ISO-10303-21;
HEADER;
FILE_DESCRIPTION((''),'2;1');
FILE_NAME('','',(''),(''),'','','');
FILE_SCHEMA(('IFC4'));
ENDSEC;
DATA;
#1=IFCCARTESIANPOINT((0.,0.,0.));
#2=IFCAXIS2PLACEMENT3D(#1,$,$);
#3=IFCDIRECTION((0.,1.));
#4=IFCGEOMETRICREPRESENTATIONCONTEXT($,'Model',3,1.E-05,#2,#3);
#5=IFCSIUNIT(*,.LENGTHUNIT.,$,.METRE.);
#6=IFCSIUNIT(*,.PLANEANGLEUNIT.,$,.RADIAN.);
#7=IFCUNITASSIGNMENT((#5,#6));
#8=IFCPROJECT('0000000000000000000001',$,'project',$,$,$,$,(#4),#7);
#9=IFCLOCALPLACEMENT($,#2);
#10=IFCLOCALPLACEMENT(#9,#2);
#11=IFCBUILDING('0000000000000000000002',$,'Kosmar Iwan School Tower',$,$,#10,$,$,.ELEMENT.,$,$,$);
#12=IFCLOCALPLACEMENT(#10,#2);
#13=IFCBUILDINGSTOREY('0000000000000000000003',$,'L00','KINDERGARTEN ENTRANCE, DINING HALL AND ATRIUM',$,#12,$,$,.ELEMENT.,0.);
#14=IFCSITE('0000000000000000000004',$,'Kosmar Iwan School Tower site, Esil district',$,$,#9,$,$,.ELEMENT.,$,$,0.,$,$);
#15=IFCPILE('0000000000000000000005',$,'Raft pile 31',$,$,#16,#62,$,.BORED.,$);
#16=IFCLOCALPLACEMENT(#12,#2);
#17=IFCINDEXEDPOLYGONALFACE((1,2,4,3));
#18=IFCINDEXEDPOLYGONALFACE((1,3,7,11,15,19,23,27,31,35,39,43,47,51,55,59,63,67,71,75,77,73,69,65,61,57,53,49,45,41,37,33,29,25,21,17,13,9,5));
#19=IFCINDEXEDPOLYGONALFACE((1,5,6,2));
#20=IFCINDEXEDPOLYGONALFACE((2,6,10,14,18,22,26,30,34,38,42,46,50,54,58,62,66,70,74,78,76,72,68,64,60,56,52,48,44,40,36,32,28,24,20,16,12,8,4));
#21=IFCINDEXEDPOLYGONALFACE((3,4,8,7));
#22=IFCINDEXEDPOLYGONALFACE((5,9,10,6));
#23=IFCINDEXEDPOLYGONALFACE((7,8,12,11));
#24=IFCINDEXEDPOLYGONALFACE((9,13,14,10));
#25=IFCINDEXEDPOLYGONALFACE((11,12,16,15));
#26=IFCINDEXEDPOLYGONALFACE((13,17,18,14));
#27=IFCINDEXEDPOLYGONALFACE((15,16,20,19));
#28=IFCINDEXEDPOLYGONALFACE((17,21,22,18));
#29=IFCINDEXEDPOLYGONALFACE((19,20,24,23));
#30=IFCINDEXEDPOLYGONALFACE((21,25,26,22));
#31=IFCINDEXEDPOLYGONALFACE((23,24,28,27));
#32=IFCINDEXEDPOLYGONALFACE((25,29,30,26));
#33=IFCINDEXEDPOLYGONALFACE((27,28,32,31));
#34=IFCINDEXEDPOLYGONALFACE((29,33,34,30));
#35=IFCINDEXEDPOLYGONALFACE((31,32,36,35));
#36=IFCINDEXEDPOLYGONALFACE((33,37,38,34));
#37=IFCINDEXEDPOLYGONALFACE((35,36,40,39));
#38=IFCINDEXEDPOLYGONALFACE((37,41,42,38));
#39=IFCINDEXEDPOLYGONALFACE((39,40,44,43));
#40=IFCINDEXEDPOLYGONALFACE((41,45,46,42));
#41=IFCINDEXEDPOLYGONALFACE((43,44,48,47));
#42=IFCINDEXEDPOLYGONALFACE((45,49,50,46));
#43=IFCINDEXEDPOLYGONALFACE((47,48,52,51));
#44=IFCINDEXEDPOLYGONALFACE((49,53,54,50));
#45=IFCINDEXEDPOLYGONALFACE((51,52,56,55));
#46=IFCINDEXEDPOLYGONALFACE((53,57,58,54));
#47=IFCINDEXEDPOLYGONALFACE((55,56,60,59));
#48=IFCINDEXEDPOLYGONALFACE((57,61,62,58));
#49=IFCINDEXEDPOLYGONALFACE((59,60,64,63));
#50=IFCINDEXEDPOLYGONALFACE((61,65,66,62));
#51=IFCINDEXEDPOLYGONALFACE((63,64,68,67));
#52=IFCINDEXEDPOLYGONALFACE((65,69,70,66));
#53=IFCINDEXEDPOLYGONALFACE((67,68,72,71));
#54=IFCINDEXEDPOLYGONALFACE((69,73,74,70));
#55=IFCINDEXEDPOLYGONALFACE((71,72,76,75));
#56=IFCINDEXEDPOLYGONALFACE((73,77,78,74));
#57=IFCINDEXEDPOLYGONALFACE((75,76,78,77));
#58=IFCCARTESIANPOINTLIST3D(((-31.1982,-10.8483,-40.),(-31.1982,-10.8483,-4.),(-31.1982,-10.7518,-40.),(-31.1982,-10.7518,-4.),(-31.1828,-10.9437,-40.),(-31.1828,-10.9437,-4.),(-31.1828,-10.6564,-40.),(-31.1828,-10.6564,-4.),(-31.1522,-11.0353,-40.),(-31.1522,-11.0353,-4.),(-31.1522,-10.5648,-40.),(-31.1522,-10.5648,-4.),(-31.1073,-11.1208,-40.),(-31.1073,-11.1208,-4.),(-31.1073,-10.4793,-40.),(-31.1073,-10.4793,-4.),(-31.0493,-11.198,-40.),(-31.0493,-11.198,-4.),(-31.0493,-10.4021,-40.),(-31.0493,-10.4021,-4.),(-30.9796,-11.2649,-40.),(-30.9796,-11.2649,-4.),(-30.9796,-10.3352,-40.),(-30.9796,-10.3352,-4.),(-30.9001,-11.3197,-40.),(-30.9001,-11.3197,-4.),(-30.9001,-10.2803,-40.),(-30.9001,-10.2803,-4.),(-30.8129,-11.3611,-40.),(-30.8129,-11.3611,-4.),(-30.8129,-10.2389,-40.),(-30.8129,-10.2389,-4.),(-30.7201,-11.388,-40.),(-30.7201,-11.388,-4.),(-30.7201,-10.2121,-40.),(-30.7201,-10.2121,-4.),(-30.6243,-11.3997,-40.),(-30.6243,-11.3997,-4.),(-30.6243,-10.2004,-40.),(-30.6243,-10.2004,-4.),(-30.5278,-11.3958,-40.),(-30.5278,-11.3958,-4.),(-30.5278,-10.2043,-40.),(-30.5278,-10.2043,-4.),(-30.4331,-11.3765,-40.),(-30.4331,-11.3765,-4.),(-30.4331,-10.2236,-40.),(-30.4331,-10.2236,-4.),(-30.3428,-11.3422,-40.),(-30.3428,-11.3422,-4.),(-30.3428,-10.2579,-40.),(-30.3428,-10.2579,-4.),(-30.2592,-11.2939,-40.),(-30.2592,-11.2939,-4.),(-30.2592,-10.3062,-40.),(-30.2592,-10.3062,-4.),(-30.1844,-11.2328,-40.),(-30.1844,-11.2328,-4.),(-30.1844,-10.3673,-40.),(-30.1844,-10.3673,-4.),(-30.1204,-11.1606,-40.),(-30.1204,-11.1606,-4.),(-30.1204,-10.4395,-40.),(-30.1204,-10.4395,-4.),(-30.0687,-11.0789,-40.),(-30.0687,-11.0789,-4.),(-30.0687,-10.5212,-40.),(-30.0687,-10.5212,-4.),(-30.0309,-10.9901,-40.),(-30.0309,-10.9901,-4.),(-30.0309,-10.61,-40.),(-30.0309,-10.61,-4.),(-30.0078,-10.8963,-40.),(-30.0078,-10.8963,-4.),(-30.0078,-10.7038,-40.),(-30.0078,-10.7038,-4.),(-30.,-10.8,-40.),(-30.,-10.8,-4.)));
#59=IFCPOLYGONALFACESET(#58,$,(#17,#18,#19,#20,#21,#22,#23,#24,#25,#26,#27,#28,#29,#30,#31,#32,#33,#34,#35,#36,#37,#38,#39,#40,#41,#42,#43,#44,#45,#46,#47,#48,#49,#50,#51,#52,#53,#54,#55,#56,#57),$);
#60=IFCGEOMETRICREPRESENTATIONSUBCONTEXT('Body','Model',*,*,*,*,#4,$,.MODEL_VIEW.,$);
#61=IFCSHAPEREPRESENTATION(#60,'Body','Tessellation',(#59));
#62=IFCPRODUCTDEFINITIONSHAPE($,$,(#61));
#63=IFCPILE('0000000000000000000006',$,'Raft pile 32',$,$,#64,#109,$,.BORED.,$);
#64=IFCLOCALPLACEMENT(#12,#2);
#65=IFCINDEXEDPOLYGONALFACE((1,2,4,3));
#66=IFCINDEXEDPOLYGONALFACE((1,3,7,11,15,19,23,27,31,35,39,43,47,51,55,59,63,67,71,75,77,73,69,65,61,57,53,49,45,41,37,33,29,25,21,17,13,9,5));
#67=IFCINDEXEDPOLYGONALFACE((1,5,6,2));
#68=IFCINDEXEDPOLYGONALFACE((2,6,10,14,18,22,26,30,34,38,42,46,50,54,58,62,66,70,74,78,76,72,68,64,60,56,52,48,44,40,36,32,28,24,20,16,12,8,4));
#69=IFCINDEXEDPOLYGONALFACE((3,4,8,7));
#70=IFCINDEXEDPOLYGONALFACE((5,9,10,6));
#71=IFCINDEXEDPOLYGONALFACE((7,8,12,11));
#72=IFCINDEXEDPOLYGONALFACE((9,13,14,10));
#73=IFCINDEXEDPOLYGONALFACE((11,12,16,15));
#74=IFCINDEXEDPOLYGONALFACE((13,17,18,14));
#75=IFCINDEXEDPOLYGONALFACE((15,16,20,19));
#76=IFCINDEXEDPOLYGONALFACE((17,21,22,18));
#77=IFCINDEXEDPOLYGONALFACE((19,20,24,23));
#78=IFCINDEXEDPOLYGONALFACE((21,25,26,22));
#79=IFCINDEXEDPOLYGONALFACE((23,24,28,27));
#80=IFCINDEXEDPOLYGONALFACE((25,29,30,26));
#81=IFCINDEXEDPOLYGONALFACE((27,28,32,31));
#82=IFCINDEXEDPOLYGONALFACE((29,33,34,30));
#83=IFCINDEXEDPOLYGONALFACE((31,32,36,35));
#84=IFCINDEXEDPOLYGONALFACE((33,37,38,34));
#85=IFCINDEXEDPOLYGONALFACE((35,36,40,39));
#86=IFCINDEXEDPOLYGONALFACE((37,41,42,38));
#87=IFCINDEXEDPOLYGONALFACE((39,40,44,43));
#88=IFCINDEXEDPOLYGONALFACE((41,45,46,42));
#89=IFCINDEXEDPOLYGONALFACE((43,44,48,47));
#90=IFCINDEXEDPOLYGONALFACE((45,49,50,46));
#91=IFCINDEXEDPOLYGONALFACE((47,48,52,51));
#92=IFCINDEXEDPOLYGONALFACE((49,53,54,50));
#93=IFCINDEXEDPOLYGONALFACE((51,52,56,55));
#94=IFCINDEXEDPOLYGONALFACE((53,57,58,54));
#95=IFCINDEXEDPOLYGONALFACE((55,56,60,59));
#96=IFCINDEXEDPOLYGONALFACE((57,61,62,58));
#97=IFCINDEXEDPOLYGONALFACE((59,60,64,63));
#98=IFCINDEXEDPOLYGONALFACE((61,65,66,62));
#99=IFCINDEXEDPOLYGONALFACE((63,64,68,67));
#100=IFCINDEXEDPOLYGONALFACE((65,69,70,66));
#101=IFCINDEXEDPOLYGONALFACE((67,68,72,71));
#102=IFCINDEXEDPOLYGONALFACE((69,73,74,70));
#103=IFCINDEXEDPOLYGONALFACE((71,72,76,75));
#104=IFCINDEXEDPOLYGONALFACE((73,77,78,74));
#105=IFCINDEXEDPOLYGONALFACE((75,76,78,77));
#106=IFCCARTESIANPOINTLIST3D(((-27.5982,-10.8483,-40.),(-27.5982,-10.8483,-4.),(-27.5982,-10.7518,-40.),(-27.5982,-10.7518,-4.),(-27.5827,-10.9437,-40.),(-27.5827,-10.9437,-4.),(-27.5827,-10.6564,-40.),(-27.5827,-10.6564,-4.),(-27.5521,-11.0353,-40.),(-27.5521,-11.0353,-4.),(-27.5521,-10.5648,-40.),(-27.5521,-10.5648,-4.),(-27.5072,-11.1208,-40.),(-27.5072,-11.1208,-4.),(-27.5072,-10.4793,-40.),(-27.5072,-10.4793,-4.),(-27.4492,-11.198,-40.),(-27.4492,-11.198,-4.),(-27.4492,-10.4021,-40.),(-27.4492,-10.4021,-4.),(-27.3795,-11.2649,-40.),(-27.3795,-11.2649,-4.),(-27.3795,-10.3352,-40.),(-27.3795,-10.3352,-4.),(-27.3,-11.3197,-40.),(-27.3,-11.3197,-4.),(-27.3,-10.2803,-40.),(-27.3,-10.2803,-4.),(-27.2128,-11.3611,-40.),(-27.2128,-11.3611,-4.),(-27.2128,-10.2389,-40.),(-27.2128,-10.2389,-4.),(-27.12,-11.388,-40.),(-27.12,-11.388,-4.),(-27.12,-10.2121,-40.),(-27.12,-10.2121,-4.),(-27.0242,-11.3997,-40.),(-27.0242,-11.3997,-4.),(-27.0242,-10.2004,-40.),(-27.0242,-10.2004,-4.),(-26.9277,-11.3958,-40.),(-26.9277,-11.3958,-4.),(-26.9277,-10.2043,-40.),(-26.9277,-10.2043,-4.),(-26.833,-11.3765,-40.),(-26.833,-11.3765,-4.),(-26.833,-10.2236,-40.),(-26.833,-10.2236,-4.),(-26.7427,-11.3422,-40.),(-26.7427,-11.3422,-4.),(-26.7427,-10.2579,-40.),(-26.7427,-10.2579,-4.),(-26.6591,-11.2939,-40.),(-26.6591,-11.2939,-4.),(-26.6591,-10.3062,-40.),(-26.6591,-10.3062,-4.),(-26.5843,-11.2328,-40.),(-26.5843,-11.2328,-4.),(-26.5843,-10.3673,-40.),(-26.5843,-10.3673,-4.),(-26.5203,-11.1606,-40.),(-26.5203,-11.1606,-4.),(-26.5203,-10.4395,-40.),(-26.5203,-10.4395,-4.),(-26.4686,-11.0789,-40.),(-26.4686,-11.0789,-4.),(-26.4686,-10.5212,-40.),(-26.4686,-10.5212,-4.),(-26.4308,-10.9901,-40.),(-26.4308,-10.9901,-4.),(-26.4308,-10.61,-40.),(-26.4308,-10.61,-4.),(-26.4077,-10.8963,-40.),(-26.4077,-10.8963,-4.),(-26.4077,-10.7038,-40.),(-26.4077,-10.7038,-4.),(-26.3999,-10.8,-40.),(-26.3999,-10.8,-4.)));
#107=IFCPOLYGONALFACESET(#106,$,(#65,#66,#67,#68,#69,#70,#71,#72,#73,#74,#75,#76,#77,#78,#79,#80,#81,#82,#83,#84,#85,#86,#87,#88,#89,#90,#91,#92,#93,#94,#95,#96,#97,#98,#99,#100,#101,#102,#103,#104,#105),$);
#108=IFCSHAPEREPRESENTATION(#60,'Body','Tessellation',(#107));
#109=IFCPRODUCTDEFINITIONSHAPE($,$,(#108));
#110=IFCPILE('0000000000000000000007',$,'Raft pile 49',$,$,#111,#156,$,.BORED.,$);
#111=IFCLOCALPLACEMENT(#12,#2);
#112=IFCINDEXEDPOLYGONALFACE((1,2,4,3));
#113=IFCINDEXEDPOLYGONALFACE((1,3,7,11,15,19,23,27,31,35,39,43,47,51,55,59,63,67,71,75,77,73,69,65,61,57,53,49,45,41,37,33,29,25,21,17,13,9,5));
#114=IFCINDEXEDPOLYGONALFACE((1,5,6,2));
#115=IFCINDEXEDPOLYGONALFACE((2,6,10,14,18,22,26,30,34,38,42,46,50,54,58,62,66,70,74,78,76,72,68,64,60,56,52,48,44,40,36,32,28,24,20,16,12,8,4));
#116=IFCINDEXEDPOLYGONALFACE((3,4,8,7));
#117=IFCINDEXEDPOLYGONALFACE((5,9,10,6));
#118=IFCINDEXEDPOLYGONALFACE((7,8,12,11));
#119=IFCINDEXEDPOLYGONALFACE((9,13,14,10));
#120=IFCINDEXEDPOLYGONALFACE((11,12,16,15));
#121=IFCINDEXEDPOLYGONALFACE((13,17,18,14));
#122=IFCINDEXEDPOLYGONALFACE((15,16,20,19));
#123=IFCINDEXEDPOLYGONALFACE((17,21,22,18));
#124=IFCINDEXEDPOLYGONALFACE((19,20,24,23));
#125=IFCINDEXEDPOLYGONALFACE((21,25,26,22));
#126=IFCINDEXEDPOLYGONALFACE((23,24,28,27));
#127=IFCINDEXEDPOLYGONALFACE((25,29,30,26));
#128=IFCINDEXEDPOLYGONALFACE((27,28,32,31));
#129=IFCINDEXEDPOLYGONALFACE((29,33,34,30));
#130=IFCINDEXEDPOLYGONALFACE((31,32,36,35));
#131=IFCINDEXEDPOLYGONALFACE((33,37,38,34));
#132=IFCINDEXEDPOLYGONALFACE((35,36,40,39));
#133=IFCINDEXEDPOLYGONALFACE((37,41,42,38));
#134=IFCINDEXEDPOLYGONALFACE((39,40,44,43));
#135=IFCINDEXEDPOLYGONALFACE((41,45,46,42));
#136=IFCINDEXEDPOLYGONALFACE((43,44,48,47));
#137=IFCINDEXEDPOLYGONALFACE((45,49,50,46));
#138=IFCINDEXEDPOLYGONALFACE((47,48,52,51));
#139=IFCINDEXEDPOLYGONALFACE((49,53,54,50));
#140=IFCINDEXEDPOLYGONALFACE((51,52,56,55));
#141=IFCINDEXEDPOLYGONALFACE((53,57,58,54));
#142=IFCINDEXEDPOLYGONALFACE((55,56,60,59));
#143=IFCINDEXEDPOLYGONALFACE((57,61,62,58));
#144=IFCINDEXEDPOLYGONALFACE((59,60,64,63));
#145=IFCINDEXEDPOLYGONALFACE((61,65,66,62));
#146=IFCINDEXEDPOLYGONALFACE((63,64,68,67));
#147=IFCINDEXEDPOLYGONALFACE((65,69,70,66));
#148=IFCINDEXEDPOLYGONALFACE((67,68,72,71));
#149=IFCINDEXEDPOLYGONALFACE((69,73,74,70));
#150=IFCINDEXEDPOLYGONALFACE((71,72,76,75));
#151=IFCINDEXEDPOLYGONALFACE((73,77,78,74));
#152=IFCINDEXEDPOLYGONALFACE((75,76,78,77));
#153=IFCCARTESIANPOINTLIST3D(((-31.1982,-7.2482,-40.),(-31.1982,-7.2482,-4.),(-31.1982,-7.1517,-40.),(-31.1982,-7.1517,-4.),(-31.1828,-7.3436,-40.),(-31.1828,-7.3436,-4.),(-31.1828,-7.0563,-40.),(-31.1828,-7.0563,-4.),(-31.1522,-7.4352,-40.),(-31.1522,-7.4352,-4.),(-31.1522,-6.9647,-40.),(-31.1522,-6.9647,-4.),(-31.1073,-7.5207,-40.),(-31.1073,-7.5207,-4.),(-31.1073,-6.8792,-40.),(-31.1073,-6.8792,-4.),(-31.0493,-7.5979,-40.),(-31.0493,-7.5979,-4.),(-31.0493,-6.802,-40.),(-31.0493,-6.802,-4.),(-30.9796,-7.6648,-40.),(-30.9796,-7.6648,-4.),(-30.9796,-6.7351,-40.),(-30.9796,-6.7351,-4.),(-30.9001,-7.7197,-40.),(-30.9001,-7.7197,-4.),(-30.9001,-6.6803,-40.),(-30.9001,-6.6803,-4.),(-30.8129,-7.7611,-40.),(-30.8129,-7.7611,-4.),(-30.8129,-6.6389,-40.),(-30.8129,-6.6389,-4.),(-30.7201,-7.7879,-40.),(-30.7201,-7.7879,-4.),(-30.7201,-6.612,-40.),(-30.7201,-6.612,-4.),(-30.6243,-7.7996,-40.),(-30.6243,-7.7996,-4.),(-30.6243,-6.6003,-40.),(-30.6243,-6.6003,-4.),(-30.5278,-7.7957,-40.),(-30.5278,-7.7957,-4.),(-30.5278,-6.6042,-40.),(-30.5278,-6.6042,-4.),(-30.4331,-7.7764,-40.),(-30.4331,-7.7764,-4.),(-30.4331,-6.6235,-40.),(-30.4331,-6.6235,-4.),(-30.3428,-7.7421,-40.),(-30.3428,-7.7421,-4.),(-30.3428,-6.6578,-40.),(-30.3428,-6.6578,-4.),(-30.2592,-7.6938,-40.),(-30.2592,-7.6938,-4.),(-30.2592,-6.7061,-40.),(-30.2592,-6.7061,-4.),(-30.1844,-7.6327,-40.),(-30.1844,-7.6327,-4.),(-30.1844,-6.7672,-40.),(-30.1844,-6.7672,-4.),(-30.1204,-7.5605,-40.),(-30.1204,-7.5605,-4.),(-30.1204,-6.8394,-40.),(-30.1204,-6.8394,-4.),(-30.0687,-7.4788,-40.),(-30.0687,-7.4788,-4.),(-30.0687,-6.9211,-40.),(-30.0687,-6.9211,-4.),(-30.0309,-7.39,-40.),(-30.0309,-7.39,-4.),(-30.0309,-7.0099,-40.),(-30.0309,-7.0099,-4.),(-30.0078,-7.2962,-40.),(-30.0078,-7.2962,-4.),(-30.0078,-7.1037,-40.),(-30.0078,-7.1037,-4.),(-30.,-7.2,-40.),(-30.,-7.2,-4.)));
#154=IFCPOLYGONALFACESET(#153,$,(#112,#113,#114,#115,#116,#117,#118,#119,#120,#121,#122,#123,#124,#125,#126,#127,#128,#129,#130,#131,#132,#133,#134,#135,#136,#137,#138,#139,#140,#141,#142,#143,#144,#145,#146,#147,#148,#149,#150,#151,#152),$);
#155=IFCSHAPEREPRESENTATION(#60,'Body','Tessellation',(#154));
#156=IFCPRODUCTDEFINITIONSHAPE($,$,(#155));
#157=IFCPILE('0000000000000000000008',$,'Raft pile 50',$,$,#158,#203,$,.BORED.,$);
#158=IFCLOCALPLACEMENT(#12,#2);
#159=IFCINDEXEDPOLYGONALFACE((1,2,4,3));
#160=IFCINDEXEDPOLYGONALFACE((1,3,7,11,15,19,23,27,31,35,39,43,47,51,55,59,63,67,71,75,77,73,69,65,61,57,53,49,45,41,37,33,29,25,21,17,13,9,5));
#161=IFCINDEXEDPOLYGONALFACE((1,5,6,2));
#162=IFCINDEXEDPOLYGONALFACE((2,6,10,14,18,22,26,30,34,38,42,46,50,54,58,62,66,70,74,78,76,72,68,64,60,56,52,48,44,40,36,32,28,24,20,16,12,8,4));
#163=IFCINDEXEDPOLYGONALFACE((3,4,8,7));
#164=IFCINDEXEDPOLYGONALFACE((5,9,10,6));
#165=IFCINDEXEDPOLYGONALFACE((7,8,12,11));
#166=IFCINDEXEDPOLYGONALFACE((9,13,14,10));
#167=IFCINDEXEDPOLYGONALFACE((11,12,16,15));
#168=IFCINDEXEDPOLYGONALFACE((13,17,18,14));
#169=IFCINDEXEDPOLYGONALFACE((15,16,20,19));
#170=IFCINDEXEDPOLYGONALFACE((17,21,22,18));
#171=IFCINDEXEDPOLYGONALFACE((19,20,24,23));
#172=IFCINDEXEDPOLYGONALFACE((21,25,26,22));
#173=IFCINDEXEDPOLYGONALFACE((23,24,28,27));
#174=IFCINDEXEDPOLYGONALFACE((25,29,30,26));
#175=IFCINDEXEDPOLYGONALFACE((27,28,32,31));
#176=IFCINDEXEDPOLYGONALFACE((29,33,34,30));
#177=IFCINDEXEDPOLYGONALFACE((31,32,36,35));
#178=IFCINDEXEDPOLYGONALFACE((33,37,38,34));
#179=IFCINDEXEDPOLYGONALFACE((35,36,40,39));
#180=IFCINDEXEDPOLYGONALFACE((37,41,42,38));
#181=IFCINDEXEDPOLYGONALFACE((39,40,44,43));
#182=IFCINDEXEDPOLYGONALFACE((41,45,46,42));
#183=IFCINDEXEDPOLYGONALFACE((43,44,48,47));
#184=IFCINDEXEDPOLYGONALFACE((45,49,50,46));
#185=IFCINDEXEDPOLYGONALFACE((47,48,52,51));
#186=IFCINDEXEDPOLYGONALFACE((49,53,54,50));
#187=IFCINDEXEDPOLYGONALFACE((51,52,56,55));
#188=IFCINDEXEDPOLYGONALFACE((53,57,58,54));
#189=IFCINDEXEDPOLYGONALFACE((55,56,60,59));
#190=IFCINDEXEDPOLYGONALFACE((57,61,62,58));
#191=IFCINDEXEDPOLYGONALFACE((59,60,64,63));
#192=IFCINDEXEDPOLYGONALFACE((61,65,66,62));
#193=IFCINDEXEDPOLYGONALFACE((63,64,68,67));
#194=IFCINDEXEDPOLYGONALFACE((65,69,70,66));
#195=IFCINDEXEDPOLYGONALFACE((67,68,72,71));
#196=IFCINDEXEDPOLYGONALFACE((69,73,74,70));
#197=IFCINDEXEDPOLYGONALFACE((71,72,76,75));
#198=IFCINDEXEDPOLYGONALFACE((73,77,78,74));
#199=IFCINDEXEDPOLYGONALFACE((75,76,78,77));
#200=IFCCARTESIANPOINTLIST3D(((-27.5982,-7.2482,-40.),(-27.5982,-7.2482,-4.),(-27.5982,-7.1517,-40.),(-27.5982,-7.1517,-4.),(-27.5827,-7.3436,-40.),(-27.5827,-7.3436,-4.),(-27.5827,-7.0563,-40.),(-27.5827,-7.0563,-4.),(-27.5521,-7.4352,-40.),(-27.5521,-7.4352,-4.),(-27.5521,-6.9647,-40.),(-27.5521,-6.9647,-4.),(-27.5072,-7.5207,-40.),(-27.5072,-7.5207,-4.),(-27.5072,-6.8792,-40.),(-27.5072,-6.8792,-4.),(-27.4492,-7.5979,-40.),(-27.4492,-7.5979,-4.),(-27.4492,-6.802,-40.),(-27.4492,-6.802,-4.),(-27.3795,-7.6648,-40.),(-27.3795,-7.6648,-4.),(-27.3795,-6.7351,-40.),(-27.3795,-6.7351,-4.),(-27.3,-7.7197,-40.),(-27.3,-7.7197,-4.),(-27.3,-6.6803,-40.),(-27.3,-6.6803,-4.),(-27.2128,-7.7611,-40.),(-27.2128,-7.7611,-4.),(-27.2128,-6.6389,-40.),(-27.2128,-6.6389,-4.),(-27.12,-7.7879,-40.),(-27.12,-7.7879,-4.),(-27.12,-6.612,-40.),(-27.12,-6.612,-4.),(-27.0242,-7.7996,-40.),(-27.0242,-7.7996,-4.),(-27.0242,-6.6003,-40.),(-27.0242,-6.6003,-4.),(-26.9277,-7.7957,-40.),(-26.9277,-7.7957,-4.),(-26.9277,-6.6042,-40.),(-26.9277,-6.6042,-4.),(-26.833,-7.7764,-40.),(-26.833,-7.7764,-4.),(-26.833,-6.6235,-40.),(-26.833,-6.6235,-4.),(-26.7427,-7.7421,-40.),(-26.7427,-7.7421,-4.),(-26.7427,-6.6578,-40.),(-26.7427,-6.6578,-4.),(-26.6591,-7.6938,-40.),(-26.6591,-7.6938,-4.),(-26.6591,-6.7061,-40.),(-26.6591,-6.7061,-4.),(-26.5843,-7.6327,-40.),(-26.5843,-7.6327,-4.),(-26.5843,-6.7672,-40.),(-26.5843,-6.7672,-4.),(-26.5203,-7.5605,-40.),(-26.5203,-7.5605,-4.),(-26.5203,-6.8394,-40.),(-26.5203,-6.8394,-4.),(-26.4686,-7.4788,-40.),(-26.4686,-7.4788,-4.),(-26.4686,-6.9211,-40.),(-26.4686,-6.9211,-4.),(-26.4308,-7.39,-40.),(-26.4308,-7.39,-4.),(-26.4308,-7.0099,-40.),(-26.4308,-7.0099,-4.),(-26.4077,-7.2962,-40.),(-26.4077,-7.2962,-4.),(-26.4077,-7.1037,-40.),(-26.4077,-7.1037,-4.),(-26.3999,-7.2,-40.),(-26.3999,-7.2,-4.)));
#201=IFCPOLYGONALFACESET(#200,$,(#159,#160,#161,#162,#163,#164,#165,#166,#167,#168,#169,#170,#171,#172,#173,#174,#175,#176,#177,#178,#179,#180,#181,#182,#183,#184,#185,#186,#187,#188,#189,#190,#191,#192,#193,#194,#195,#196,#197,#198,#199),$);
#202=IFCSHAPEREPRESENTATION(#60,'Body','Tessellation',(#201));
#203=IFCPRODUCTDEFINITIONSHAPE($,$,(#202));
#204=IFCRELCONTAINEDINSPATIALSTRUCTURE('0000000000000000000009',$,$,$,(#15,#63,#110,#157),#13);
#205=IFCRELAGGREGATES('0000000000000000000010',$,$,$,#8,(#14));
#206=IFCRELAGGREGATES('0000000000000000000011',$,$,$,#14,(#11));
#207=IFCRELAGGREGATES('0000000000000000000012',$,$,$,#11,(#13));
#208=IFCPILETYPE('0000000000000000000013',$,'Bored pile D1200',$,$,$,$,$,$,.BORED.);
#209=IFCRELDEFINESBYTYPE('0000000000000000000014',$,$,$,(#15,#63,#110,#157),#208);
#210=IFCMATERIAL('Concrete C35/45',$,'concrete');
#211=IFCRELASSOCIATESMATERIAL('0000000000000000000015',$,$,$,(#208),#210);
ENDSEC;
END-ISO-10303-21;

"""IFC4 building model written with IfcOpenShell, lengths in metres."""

from ifc_helpers import new_model, si_unit, direction, frame, origin, origin_2d, place, context, subcontext, project, spatial, circle, extrude, material, material_profile, profile_set, type_object, element, save


model = new_model("IFC4")

# Units and contexts
model_context = context("Model", 3, precision=1e-05, world=origin(), true_north=direction((0.0, 1.0)))
body_context = subcontext(model_context, "Body", "Model", "MODEL_VIEW")
ifc_project = project(units=[si_unit("LENGTHUNIT", "METRE"), si_unit("PLANEANGLEUNIT", "RADIAN")], contexts=[model_context])

# Site, building, storey
site_placement = place(None, origin())
site = spatial("IfcSite", under=ifc_project, at=site_placement, Name="Kosmar Iwan School Tower site, Esil district", CompositionType="ELEMENT", RefElevation=0.0)
building_placement = place(site_placement, origin())
building = spatial("IfcBuilding", under=site, at=building_placement, Name="Kosmar Iwan School Tower", CompositionType="ELEMENT")
storey_placement = place(building_placement, origin())
storey = spatial("IfcBuildingStorey", under=building, at=storey_placement, Name="L00", Description="KINDERGARTEN ENTRANCE, DINING HALL AND ATRIUM", CompositionType="ELEMENT", Elevation=0.0)

# Piles
ifc_material_1 = material(Name="Concrete C35/45", Category="concrete")
ifc_material_profile_1 = material_profile(ifc_material_1, circle(Radius=0.6001, at=origin_2d()), Name="D1200")
ifc_profile_set_1 = profile_set([ifc_material_profile_1], Name="Concrete C35/45")
pile_type_1 = type_object("IfcPileType", Name="Bored pile D1200", PredefinedType="BORED", material=ifc_profile_set_1)
for number, where, z_axis, x_axis, name in (
    (1, (-30.6001, -10.8, -4.0), (0.0, 0.0, -1.0), (1.0, 0.0, 0.0), "Raft pile 31"),
    (2, (-27.0, -10.8, -4.0), (0.0, 0.0, -1.0), (1.0, 0.0, 0.0), "Raft pile 32"),
    (3, (-30.6001, -7.2, -4.0), (0.0, 0.0, -1.0), (1.0, 0.0, 0.0), "Raft pile 49"),
    (4, (-27.0, -7.2, -4.0), (0.0, 0.0, -1.0), (1.0, 0.0, 0.0), "Raft pile 50"),
):
    element("IfcPile", number, at=place(storey_placement, frame(where, z_axis=z_axis, x_axis=x_axis)), inside=storey, type_object=pile_type_1, Name=name, PredefinedType="BORED", context=body_context, shape_type="SweptSolid", body=[
        extrude(circle(Radius=0.6001, at=origin_2d()), origin(), (0.0, 0.0, 1.0), 36.0),
    ])

save(model, "model.ifc")
